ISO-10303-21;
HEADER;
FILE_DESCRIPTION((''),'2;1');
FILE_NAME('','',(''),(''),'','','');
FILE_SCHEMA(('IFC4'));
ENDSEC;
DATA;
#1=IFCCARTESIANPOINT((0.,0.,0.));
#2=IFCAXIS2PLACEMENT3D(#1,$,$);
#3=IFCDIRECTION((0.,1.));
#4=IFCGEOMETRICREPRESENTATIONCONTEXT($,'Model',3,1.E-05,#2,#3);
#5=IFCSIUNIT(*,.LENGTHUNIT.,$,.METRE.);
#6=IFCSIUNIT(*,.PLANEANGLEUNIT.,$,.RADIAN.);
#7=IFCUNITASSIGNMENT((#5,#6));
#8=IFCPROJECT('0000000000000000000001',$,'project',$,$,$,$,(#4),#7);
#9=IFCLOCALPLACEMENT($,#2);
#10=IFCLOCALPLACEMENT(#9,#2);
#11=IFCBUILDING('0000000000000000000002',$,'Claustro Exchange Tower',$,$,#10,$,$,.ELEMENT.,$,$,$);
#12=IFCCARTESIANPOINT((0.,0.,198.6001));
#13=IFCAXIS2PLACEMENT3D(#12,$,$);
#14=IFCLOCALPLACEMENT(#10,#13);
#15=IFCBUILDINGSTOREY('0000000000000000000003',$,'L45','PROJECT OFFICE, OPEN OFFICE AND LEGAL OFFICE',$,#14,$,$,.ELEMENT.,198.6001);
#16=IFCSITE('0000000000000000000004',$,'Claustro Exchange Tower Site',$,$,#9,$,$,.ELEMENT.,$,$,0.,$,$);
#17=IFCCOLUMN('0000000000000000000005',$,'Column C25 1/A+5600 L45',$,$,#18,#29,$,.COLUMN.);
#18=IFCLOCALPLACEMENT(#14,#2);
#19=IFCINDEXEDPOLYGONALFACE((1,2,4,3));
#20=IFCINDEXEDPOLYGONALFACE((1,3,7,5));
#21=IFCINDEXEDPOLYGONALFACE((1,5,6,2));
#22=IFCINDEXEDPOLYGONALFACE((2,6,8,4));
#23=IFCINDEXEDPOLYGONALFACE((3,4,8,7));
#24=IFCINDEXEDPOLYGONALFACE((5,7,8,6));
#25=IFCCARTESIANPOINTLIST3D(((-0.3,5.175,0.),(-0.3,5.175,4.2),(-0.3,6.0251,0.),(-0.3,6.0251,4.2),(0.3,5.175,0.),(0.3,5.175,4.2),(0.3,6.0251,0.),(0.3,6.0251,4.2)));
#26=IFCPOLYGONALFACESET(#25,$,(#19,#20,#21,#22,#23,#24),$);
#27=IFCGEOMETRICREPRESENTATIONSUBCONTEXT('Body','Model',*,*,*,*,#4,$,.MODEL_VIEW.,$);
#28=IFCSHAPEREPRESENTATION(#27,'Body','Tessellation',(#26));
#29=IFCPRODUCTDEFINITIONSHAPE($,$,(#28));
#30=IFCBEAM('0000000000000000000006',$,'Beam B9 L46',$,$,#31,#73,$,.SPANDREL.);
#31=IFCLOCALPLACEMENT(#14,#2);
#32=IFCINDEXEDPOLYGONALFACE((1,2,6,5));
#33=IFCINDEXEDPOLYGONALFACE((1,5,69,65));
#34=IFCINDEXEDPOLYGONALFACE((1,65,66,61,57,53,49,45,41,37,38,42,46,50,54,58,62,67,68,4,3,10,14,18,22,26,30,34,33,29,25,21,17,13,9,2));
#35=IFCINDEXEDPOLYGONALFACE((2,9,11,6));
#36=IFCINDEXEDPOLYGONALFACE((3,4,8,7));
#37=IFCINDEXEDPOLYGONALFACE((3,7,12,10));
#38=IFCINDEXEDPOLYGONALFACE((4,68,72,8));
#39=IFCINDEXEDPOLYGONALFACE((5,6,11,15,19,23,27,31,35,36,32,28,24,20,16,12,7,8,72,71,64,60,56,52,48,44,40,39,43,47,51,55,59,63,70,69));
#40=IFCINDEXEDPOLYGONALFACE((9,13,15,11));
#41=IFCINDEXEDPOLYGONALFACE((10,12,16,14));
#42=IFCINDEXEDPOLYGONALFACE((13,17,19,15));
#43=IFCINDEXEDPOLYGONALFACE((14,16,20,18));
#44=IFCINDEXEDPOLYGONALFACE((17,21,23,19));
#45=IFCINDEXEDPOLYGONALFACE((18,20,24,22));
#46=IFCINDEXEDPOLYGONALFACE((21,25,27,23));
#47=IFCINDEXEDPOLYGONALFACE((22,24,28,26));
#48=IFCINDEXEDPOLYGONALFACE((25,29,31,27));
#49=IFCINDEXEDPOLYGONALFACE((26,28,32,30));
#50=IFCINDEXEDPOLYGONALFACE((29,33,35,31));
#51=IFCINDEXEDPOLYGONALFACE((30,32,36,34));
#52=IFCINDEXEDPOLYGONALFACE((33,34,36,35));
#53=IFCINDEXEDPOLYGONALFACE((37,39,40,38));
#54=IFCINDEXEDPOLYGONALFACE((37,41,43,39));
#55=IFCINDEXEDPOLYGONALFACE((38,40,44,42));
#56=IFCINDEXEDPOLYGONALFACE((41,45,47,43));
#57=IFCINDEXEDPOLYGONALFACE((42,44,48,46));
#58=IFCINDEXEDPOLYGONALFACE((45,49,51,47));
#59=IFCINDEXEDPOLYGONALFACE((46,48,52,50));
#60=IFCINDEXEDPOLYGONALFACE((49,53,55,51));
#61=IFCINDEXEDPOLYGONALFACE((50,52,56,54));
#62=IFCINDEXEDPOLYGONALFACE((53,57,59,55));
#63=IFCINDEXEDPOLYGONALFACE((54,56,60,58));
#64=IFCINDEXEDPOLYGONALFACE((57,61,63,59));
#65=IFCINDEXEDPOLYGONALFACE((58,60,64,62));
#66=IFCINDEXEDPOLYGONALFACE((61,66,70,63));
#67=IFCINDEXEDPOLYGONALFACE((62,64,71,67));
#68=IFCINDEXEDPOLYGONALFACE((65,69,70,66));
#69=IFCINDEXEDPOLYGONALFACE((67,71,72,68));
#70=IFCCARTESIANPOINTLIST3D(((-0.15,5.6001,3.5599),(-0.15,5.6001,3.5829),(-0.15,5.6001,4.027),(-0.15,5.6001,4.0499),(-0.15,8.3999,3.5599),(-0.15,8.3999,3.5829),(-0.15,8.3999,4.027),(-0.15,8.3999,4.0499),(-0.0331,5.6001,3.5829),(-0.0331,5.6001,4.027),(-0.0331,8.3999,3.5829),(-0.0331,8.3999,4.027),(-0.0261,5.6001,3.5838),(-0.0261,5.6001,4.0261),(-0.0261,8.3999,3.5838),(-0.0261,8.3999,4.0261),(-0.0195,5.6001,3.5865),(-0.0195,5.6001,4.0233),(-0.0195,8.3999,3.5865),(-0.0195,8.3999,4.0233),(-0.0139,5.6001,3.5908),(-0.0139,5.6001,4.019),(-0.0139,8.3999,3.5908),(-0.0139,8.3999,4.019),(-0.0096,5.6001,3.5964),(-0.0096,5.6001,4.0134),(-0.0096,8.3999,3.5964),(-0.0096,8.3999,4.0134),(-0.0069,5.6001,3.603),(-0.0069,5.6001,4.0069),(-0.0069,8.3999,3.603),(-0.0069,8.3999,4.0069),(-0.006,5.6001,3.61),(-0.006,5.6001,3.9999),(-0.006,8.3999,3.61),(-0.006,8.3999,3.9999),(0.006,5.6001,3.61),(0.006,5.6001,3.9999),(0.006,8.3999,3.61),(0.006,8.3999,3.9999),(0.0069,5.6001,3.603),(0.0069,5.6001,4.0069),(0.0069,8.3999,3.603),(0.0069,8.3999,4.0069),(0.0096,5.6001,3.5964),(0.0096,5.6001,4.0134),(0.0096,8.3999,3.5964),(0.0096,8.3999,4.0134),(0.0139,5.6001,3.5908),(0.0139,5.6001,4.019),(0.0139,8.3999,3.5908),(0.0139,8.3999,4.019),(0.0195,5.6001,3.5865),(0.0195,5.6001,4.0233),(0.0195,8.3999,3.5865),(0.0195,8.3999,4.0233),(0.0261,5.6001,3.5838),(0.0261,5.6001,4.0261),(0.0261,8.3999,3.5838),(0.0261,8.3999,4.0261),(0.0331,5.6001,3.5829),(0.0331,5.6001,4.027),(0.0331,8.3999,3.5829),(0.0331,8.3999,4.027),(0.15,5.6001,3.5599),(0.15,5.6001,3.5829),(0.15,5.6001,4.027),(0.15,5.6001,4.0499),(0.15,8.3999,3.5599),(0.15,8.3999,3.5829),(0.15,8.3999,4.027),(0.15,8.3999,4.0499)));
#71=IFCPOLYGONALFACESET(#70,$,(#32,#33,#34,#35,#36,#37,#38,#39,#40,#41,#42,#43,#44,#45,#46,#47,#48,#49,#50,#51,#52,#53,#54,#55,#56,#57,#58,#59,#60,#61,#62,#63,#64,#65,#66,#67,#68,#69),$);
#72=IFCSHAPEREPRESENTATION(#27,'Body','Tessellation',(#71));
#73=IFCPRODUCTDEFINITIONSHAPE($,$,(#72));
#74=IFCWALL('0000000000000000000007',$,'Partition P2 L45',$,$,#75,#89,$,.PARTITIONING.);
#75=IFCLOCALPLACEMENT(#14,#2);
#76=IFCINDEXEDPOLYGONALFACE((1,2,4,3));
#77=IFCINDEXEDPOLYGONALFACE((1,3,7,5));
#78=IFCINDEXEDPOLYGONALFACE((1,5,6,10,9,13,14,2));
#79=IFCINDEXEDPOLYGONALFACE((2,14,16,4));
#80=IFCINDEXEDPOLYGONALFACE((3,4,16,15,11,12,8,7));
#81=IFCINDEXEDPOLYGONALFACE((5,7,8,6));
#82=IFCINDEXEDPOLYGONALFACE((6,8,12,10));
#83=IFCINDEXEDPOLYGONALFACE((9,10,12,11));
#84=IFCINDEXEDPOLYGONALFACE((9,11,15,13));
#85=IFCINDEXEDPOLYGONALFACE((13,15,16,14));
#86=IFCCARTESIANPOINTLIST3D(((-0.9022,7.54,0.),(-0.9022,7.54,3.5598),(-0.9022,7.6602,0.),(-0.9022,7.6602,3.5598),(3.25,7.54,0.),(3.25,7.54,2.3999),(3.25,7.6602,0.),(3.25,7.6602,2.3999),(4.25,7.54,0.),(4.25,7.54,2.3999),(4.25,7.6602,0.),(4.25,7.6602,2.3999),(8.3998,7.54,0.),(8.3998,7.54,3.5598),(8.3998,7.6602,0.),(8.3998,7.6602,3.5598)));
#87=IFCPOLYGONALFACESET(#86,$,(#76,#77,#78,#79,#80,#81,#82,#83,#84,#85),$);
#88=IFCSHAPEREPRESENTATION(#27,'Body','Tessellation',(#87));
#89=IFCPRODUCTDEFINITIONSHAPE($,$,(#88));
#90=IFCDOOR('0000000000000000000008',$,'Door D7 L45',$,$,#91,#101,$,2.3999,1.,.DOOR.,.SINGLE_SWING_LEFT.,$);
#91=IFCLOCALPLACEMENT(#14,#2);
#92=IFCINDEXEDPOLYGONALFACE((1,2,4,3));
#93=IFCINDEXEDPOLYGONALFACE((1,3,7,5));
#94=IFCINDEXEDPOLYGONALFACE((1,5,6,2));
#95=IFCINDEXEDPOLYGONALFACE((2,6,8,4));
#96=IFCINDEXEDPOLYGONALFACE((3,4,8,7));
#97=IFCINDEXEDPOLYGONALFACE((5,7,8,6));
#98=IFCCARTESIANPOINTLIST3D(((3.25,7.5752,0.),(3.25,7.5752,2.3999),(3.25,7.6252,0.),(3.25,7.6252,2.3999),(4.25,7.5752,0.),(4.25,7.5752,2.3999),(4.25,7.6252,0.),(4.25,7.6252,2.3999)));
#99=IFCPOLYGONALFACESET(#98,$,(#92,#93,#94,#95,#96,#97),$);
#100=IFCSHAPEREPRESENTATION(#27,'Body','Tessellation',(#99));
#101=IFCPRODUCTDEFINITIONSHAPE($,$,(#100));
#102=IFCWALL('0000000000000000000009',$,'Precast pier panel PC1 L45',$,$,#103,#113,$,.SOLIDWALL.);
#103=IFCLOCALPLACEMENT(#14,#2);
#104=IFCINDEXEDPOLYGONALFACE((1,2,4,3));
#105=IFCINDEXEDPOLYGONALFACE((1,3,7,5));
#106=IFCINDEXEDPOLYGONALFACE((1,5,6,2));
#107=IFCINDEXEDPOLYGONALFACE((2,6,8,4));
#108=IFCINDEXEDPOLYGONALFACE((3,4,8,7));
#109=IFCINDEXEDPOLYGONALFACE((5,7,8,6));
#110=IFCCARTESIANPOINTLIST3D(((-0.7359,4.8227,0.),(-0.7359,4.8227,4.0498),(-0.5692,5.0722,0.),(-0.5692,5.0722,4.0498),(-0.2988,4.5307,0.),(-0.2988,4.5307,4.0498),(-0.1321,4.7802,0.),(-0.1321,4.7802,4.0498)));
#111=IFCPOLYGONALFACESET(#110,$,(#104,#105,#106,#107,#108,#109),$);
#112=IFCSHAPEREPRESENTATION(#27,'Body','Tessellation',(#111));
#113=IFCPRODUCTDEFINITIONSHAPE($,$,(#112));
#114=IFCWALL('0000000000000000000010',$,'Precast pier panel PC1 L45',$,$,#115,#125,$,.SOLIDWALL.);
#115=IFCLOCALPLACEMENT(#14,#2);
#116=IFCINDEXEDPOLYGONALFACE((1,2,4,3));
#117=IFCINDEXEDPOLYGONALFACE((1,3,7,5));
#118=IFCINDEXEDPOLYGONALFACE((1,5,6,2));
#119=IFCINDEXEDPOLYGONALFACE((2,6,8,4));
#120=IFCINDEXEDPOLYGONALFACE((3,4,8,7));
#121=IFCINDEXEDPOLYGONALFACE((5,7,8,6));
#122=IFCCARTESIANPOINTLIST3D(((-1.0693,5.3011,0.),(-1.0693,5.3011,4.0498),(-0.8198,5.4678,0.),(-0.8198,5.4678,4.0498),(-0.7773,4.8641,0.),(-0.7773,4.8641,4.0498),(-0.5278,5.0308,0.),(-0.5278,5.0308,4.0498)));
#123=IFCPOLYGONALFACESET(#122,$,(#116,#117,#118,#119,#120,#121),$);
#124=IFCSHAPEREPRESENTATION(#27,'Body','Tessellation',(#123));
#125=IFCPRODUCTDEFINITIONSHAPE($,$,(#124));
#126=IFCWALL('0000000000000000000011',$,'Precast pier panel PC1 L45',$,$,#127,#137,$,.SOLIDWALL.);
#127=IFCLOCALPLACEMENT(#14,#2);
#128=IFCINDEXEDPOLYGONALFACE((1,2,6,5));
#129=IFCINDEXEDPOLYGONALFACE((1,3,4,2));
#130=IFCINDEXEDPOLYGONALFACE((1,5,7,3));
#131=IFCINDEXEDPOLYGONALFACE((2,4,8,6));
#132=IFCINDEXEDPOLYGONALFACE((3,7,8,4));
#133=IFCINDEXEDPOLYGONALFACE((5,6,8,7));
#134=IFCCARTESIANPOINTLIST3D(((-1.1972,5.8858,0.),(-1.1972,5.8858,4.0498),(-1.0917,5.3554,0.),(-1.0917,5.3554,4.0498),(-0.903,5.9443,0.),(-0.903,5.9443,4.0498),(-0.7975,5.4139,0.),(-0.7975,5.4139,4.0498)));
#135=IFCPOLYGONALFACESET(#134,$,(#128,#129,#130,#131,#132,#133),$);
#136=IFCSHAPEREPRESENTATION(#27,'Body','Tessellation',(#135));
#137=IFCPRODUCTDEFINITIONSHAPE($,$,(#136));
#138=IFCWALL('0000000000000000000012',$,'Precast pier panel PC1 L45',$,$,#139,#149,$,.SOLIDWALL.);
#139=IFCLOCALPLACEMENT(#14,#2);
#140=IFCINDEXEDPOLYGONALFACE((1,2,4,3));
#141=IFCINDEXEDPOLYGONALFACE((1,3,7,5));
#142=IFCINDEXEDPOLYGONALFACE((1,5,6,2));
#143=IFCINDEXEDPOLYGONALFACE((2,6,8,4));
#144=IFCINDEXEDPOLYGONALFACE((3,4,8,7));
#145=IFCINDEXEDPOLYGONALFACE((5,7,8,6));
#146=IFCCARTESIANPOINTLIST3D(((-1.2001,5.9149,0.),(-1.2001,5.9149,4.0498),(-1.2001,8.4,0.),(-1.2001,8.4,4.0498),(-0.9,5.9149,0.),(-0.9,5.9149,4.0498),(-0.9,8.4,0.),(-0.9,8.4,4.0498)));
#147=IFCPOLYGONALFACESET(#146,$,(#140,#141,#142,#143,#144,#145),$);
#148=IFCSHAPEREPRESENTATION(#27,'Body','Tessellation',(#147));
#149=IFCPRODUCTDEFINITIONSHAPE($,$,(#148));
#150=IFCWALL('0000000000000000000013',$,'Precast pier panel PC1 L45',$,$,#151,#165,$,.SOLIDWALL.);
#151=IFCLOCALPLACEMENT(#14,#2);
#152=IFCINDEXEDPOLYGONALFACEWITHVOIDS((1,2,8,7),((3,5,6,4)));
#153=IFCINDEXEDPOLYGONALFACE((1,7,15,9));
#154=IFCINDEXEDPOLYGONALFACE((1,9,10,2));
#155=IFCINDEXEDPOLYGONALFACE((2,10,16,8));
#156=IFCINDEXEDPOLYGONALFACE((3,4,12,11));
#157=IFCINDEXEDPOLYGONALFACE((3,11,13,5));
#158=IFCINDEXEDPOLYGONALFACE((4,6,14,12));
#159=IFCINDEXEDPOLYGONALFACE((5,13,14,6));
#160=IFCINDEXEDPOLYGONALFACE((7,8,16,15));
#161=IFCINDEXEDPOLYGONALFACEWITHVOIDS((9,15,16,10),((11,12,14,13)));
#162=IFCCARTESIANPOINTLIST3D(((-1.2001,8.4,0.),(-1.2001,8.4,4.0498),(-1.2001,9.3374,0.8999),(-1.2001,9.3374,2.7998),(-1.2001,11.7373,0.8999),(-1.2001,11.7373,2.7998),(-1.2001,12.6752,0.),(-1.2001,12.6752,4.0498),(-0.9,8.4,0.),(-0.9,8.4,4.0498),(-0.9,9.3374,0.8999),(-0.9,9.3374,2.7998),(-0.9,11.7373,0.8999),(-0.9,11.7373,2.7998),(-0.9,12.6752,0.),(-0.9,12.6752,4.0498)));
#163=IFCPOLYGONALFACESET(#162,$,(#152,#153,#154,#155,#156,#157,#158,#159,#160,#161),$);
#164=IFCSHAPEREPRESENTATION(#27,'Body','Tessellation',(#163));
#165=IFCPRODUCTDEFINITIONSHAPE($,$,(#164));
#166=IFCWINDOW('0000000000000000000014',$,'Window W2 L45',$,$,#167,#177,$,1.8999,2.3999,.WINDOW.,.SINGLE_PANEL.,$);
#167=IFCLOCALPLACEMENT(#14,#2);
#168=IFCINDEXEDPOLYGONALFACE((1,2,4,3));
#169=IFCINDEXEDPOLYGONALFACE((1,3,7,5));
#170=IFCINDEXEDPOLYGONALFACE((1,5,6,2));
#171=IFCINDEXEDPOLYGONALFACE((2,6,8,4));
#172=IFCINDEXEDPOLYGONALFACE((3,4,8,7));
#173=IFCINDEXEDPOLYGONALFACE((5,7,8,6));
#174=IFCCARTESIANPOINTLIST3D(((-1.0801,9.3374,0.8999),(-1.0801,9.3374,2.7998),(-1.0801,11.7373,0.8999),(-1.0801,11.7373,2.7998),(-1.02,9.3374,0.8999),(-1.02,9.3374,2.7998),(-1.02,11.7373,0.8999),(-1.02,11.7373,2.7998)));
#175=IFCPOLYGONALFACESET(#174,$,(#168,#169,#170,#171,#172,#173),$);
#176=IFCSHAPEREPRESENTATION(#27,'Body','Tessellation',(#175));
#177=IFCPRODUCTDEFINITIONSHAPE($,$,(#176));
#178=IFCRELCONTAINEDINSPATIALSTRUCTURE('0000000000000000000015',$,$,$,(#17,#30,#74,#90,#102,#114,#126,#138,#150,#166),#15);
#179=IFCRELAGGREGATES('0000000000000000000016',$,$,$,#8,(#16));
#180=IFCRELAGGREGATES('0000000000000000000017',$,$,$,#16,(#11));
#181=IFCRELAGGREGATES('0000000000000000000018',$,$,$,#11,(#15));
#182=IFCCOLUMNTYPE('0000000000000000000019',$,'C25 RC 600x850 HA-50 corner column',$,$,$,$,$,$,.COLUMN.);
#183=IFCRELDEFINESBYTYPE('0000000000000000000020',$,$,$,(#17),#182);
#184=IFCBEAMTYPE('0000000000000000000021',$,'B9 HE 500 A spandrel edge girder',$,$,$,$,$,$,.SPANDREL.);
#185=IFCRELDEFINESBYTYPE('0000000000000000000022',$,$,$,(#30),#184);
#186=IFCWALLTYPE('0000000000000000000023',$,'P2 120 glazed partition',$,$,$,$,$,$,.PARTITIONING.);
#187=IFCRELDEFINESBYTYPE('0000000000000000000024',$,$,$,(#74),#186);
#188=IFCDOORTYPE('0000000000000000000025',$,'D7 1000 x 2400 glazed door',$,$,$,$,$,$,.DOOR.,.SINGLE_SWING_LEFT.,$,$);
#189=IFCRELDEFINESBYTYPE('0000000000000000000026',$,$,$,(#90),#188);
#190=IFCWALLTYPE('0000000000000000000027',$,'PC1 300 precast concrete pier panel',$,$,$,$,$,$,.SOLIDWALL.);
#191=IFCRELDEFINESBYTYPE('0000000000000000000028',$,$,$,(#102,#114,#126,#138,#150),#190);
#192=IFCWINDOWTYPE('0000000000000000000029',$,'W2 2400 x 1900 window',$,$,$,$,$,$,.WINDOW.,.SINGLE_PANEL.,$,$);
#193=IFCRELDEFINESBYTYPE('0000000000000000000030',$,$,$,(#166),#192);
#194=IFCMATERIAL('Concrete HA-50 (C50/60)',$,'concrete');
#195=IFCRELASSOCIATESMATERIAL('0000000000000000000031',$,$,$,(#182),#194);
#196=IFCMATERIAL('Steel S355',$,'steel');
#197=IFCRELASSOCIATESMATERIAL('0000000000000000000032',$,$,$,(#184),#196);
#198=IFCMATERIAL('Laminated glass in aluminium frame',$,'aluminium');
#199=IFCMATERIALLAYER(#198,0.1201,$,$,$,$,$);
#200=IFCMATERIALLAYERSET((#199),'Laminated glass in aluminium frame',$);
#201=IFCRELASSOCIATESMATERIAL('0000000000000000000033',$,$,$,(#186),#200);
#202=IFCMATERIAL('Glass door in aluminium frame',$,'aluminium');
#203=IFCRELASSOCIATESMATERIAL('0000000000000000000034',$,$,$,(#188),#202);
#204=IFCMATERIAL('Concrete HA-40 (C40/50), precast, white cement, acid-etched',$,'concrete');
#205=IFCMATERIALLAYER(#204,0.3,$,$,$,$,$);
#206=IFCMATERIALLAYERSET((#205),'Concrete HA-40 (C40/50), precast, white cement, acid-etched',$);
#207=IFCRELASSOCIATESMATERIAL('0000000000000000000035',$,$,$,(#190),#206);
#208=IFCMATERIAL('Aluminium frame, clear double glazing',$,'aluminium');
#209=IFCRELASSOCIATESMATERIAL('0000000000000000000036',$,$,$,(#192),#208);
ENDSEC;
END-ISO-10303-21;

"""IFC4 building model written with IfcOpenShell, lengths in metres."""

from ifc_helpers import new_model, si_unit, direction, frame, frame_2d, origin, origin_2d, place, context, subcontext, project, spatial, rectangle, i_section, extrude, material, layer, layer_set, material_profile, profile_set, type_object, element, fill, save


model = new_model("IFC4")

# Units and contexts
model_context = context("Model", 3, precision=1e-05, world=origin(), true_north=direction((0.0, 1.0)))
body_context = subcontext(model_context, "Body", "Model", "MODEL_VIEW")
ifc_project = project(units=[si_unit("LENGTHUNIT", "METRE"), si_unit("PLANEANGLEUNIT", "RADIAN")], contexts=[model_context])

# Site, building, storey
site_placement = place(None, origin())
site = spatial("IfcSite", under=ifc_project, at=site_placement, Name="Claustro Exchange Tower Site", CompositionType="ELEMENT", RefElevation=0.0)
building_placement = place(site_placement, origin())
building = spatial("IfcBuilding", under=site, at=building_placement, Name="Claustro Exchange Tower", CompositionType="ELEMENT")
storey_placement = place(building_placement, frame((0.0, 0.0, 198.6001)))
storey = spatial("IfcBuildingStorey", under=building, at=storey_placement, Name="L45", Description="PROJECT OFFICE, OPEN OFFICE AND LEGAL OFFICE", CompositionType="ELEMENT", Elevation=198.6001)

# Column
ifc_material_1 = material(Name="Concrete HA-50 (C50/60)", Category="concrete")
ifc_material_profile_1 = material_profile(ifc_material_1, rectangle(XDim=0.6001, YDim=0.8501, at=origin_2d()), Name="RC 600x850")
ifc_profile_set_1 = profile_set([ifc_material_profile_1], Name="Concrete HA-50 (C50/60)")
column_type = type_object("IfcColumnType", Name="C25 RC 600x850 HA-50 corner column", PredefinedType="COLUMN", material=ifc_profile_set_1)
column_placement = place(storey_placement, frame((0.0, 5.6001, 0.0), z_axis=(0.0, 0.0, 1.0), x_axis=(1.0, 0.0, 0.0)))
element("IfcColumn", 1, at=column_placement, inside=storey, type_object=column_type, Name="Column C25 1/A+5600 L45", PredefinedType="COLUMN", context=body_context, shape_type="SweptSolid", body=[
    extrude(rectangle(XDim=0.6001, YDim=0.8501, at=origin_2d()), origin(), (0.0, 0.0, 1.0), 4.2),
])

# Beam
ifc_material_2 = material(Name="Steel S355", Category="steel")
ifc_material_profile_2 = material_profile(ifc_material_2, i_section(OverallWidth=0.3, OverallDepth=0.49, WebThickness=0.012, FlangeThickness=0.0229, FilletRadius=0.0271, at=origin_2d()), Name="HE 500 A")
ifc_profile_set_2 = profile_set([ifc_material_profile_2], Name="Steel S355")
beam_type = type_object("IfcBeamType", Name="B9 HE 500 A spandrel edge girder", PredefinedType="SPANDREL", material=ifc_profile_set_2)
beam_placement = place(storey_placement, frame((0.0, 5.6001, 3.8049), z_axis=(0.0, 1.0, 0.0), x_axis=(-1.0, 0.0, 0.0)))
element("IfcBeam", 2, at=beam_placement, inside=storey, type_object=beam_type, Name="Beam B9 L46", PredefinedType="SPANDREL", context=body_context, shape_type="SweptSolid", body=[
    extrude(i_section(OverallWidth=0.3, OverallDepth=0.49, WebThickness=0.012, FlangeThickness=0.0229, FilletRadius=0.0271, at=origin_2d()), origin(), (0.0, 0.0, 1.0), 2.7998),
])

# Wall, opening, door
ifc_material_3 = material(Name="Laminated glass in aluminium frame", Category="aluminium")
ifc_layer_1 = layer(ifc_material_3, 0.1201)
ifc_layer_set_1 = layer_set([ifc_layer_1], Name="Laminated glass in aluminium frame")
wall_type_1 = type_object("IfcWallType", Name="P2 120 glazed partition", PredefinedType="PARTITIONING", material=ifc_layer_set_1)
wall_1_placement = place(storey_placement, frame((-0.9021, 7.6001, 0.0), z_axis=(0.0, 0.0, 1.0), x_axis=(1.0, 0.0, 0.0)))
wall_1 = element("IfcWall", 3, at=wall_1_placement, inside=storey, type_object=wall_type_1, Name="Partition P2 L45", PredefinedType="PARTITIONING", context=body_context, shape_type="SweptSolid", body=[
    extrude(rectangle(XDim=9.302, YDim=0.1201, at=frame_2d((4.6509, 0.0))), origin(), (0.0, 0.0, 1.0), 3.5598),
])
opening_1_placement = place(wall_1_placement, frame((4.1521, 0.0, 0.0)))
opening_1 = element("IfcOpeningElement", 4, at=opening_1_placement, cuts=wall_1, PredefinedType="OPENING", context=body_context, shape_type="SweptSolid", body=[
    extrude(rectangle(XDim=1.0, YDim=2.3999, at=frame_2d((0.5, 1.2))), frame((0.0, 0.0701, 0.0), z_axis=(0.0, -1.0, 0.0), x_axis=(1.0, 0.0, 0.0)), (0.0, 0.0, 1.0), 0.1401),
])
ifc_material_4 = material(Name="Glass door in aluminium frame", Category="aluminium")
door_type_1 = type_object("IfcDoorType", Name="D7 1000 x 2400 glazed door", OperationType="SINGLE_SWING_LEFT", PredefinedType="DOOR", material=ifc_material_4)
door_1_placement = place(opening_1_placement, frame((1.0, 0.0, 0.0), z_axis=(0.0, 0.0, 1.0), x_axis=(-1.0, 0.0, 0.0)))
door_1 = element("IfcDoor", 5, at=door_1_placement, inside=storey, type_object=door_type_1, Name="Door D7 L45", OperationType="SINGLE_SWING_LEFT", OverallHeight=2.3999, OverallWidth=1.0, PredefinedType="DOOR", context=body_context, shape_type="SweptSolid", body=[
    extrude(rectangle(XDim=1.0, YDim=2.3999, at=frame_2d((0.5, 1.2))), frame((0.0, 0.0249, 0.0), z_axis=(0.0, -1.0, 0.0), x_axis=(1.0, 0.0, 0.0)), (0.0, 0.0, 1.0), 0.05),
])
fill(opening_1, door_1)

# Walls
ifc_material_5 = material(Name="Concrete HA-40 (C40/50), precast, white cement, acid-etched", Category="concrete")
ifc_layer_2 = layer(ifc_material_5, 0.3)
ifc_layer_set_2 = layer_set([ifc_layer_2], Name="Concrete HA-40 (C40/50), precast, white cement, acid-etched")
wall_type_2 = type_object("IfcWallType", Name="PC1 300 precast concrete pier panel", PredefinedType="SOLIDWALL", material=ifc_layer_set_2)
for number, where, z_axis, x_axis, name in (
    (6, (-0.2156, 4.6555, 0.0), (0.0, 0.0, 1.0), (-0.831478, 0.555557, 0.0), "Precast pier panel PC1 L45"),
    (7, (-0.6526, 4.9475, 0.0), (0.0, 0.0, 1.0), (-0.555557, 0.831478, 0.0), "Precast pier panel PC1 L45"),
):
    element("IfcWall", number, at=place(storey_placement, frame(where, z_axis=z_axis, x_axis=x_axis)), inside=storey, type_object=wall_type_2, Name=name, PredefinedType="SOLIDWALL", context=body_context, shape_type="SweptSolid", body=[
        extrude(rectangle(XDim=0.5256, YDim=0.3, at=frame_2d((0.2627, 0.0))), origin(), (0.0, 0.0, 1.0), 4.0498),
    ])
wall_2_placement = place(storey_placement, frame((-0.9446, 5.3845, 0.0), z_axis=(0.0, 0.0, 1.0), x_axis=(-0.195074, 0.980789, 0.0)))
element("IfcWall", 8, at=wall_2_placement, inside=storey, type_object=wall_type_2, Name="Precast pier panel PC1 L45", PredefinedType="SOLIDWALL", context=body_context, shape_type="SweptSolid", body=[
    extrude(rectangle(XDim=0.5408, YDim=0.3, at=frame_2d((0.2705, 0.0))), origin(), (0.0, 0.0, 1.0), 4.0498),
])
wall_3_placement = place(storey_placement, frame((-1.05, 5.9148, 0.0), z_axis=(0.0, 0.0, 1.0), x_axis=(0.0, 1.0, 0.0)))
element("IfcWall", 9, at=wall_3_placement, inside=storey, type_object=wall_type_2, Name="Precast pier panel PC1 L45", PredefinedType="SOLIDWALL", context=body_context, shape_type="SweptSolid", body=[
    extrude(rectangle(XDim=2.4851, YDim=0.3, at=frame_2d((1.2427, 0.0))), origin(), (0.0, 0.0, 1.0), 4.0498),
])

# Wall, opening, window
wall_4_placement = place(storey_placement, frame((-1.05, 8.3999, 0.0), z_axis=(0.0, 0.0, 1.0), x_axis=(0.0, 1.0, 0.0)))
wall_4 = element("IfcWall", 10, at=wall_4_placement, inside=storey, type_object=wall_type_2, Name="Precast pier panel PC1 L45", PredefinedType="SOLIDWALL", context=body_context, shape_type="SweptSolid", body=[
    extrude(rectangle(XDim=4.2751, YDim=0.3, at=frame_2d((2.1377, 0.0))), origin(), (0.0, 0.0, 1.0), 4.0498),
])
opening_2_placement = place(wall_4_placement, frame((0.9375, 0.0, 0.8999)))
opening_2 = element("IfcOpeningElement", 11, at=opening_2_placement, cuts=wall_4, PredefinedType="OPENING", context=body_context, shape_type="SweptSolid", body=[
    extrude(rectangle(XDim=2.3999, YDim=1.8999, at=frame_2d((1.2, 0.95))), frame((0.0, 0.1599, 0.0), z_axis=(0.0, -1.0, 0.0), x_axis=(1.0, 0.0, 0.0)), (0.0, 0.0, 1.0), 0.3201),
])
ifc_material_6 = material(Name="Aluminium frame, clear double glazing", Category="aluminium")
window_type = type_object("IfcWindowType", Name="W2 2400 x 1900 window", PartitioningType="SINGLE_PANEL", PredefinedType="WINDOW", material=ifc_material_6)
window_placement = place(opening_2_placement, origin())
window = element("IfcWindow", 12, at=window_placement, inside=storey, type_object=window_type, Name="Window W2 L45", OverallHeight=1.8999, OverallWidth=2.3999, PartitioningType="SINGLE_PANEL", PredefinedType="WINDOW", context=body_context, shape_type="SweptSolid", body=[
    extrude(rectangle(XDim=2.3999, YDim=1.8999, at=frame_2d((1.2, 0.95))), frame((0.0, 0.03, 0.0), z_axis=(0.0, -1.0, 0.0), x_axis=(1.0, 0.0, 0.0)), (0.0, 0.0, 1.0), 0.0601),
])
fill(opening_2, window)

save(model, "model.ifc")
